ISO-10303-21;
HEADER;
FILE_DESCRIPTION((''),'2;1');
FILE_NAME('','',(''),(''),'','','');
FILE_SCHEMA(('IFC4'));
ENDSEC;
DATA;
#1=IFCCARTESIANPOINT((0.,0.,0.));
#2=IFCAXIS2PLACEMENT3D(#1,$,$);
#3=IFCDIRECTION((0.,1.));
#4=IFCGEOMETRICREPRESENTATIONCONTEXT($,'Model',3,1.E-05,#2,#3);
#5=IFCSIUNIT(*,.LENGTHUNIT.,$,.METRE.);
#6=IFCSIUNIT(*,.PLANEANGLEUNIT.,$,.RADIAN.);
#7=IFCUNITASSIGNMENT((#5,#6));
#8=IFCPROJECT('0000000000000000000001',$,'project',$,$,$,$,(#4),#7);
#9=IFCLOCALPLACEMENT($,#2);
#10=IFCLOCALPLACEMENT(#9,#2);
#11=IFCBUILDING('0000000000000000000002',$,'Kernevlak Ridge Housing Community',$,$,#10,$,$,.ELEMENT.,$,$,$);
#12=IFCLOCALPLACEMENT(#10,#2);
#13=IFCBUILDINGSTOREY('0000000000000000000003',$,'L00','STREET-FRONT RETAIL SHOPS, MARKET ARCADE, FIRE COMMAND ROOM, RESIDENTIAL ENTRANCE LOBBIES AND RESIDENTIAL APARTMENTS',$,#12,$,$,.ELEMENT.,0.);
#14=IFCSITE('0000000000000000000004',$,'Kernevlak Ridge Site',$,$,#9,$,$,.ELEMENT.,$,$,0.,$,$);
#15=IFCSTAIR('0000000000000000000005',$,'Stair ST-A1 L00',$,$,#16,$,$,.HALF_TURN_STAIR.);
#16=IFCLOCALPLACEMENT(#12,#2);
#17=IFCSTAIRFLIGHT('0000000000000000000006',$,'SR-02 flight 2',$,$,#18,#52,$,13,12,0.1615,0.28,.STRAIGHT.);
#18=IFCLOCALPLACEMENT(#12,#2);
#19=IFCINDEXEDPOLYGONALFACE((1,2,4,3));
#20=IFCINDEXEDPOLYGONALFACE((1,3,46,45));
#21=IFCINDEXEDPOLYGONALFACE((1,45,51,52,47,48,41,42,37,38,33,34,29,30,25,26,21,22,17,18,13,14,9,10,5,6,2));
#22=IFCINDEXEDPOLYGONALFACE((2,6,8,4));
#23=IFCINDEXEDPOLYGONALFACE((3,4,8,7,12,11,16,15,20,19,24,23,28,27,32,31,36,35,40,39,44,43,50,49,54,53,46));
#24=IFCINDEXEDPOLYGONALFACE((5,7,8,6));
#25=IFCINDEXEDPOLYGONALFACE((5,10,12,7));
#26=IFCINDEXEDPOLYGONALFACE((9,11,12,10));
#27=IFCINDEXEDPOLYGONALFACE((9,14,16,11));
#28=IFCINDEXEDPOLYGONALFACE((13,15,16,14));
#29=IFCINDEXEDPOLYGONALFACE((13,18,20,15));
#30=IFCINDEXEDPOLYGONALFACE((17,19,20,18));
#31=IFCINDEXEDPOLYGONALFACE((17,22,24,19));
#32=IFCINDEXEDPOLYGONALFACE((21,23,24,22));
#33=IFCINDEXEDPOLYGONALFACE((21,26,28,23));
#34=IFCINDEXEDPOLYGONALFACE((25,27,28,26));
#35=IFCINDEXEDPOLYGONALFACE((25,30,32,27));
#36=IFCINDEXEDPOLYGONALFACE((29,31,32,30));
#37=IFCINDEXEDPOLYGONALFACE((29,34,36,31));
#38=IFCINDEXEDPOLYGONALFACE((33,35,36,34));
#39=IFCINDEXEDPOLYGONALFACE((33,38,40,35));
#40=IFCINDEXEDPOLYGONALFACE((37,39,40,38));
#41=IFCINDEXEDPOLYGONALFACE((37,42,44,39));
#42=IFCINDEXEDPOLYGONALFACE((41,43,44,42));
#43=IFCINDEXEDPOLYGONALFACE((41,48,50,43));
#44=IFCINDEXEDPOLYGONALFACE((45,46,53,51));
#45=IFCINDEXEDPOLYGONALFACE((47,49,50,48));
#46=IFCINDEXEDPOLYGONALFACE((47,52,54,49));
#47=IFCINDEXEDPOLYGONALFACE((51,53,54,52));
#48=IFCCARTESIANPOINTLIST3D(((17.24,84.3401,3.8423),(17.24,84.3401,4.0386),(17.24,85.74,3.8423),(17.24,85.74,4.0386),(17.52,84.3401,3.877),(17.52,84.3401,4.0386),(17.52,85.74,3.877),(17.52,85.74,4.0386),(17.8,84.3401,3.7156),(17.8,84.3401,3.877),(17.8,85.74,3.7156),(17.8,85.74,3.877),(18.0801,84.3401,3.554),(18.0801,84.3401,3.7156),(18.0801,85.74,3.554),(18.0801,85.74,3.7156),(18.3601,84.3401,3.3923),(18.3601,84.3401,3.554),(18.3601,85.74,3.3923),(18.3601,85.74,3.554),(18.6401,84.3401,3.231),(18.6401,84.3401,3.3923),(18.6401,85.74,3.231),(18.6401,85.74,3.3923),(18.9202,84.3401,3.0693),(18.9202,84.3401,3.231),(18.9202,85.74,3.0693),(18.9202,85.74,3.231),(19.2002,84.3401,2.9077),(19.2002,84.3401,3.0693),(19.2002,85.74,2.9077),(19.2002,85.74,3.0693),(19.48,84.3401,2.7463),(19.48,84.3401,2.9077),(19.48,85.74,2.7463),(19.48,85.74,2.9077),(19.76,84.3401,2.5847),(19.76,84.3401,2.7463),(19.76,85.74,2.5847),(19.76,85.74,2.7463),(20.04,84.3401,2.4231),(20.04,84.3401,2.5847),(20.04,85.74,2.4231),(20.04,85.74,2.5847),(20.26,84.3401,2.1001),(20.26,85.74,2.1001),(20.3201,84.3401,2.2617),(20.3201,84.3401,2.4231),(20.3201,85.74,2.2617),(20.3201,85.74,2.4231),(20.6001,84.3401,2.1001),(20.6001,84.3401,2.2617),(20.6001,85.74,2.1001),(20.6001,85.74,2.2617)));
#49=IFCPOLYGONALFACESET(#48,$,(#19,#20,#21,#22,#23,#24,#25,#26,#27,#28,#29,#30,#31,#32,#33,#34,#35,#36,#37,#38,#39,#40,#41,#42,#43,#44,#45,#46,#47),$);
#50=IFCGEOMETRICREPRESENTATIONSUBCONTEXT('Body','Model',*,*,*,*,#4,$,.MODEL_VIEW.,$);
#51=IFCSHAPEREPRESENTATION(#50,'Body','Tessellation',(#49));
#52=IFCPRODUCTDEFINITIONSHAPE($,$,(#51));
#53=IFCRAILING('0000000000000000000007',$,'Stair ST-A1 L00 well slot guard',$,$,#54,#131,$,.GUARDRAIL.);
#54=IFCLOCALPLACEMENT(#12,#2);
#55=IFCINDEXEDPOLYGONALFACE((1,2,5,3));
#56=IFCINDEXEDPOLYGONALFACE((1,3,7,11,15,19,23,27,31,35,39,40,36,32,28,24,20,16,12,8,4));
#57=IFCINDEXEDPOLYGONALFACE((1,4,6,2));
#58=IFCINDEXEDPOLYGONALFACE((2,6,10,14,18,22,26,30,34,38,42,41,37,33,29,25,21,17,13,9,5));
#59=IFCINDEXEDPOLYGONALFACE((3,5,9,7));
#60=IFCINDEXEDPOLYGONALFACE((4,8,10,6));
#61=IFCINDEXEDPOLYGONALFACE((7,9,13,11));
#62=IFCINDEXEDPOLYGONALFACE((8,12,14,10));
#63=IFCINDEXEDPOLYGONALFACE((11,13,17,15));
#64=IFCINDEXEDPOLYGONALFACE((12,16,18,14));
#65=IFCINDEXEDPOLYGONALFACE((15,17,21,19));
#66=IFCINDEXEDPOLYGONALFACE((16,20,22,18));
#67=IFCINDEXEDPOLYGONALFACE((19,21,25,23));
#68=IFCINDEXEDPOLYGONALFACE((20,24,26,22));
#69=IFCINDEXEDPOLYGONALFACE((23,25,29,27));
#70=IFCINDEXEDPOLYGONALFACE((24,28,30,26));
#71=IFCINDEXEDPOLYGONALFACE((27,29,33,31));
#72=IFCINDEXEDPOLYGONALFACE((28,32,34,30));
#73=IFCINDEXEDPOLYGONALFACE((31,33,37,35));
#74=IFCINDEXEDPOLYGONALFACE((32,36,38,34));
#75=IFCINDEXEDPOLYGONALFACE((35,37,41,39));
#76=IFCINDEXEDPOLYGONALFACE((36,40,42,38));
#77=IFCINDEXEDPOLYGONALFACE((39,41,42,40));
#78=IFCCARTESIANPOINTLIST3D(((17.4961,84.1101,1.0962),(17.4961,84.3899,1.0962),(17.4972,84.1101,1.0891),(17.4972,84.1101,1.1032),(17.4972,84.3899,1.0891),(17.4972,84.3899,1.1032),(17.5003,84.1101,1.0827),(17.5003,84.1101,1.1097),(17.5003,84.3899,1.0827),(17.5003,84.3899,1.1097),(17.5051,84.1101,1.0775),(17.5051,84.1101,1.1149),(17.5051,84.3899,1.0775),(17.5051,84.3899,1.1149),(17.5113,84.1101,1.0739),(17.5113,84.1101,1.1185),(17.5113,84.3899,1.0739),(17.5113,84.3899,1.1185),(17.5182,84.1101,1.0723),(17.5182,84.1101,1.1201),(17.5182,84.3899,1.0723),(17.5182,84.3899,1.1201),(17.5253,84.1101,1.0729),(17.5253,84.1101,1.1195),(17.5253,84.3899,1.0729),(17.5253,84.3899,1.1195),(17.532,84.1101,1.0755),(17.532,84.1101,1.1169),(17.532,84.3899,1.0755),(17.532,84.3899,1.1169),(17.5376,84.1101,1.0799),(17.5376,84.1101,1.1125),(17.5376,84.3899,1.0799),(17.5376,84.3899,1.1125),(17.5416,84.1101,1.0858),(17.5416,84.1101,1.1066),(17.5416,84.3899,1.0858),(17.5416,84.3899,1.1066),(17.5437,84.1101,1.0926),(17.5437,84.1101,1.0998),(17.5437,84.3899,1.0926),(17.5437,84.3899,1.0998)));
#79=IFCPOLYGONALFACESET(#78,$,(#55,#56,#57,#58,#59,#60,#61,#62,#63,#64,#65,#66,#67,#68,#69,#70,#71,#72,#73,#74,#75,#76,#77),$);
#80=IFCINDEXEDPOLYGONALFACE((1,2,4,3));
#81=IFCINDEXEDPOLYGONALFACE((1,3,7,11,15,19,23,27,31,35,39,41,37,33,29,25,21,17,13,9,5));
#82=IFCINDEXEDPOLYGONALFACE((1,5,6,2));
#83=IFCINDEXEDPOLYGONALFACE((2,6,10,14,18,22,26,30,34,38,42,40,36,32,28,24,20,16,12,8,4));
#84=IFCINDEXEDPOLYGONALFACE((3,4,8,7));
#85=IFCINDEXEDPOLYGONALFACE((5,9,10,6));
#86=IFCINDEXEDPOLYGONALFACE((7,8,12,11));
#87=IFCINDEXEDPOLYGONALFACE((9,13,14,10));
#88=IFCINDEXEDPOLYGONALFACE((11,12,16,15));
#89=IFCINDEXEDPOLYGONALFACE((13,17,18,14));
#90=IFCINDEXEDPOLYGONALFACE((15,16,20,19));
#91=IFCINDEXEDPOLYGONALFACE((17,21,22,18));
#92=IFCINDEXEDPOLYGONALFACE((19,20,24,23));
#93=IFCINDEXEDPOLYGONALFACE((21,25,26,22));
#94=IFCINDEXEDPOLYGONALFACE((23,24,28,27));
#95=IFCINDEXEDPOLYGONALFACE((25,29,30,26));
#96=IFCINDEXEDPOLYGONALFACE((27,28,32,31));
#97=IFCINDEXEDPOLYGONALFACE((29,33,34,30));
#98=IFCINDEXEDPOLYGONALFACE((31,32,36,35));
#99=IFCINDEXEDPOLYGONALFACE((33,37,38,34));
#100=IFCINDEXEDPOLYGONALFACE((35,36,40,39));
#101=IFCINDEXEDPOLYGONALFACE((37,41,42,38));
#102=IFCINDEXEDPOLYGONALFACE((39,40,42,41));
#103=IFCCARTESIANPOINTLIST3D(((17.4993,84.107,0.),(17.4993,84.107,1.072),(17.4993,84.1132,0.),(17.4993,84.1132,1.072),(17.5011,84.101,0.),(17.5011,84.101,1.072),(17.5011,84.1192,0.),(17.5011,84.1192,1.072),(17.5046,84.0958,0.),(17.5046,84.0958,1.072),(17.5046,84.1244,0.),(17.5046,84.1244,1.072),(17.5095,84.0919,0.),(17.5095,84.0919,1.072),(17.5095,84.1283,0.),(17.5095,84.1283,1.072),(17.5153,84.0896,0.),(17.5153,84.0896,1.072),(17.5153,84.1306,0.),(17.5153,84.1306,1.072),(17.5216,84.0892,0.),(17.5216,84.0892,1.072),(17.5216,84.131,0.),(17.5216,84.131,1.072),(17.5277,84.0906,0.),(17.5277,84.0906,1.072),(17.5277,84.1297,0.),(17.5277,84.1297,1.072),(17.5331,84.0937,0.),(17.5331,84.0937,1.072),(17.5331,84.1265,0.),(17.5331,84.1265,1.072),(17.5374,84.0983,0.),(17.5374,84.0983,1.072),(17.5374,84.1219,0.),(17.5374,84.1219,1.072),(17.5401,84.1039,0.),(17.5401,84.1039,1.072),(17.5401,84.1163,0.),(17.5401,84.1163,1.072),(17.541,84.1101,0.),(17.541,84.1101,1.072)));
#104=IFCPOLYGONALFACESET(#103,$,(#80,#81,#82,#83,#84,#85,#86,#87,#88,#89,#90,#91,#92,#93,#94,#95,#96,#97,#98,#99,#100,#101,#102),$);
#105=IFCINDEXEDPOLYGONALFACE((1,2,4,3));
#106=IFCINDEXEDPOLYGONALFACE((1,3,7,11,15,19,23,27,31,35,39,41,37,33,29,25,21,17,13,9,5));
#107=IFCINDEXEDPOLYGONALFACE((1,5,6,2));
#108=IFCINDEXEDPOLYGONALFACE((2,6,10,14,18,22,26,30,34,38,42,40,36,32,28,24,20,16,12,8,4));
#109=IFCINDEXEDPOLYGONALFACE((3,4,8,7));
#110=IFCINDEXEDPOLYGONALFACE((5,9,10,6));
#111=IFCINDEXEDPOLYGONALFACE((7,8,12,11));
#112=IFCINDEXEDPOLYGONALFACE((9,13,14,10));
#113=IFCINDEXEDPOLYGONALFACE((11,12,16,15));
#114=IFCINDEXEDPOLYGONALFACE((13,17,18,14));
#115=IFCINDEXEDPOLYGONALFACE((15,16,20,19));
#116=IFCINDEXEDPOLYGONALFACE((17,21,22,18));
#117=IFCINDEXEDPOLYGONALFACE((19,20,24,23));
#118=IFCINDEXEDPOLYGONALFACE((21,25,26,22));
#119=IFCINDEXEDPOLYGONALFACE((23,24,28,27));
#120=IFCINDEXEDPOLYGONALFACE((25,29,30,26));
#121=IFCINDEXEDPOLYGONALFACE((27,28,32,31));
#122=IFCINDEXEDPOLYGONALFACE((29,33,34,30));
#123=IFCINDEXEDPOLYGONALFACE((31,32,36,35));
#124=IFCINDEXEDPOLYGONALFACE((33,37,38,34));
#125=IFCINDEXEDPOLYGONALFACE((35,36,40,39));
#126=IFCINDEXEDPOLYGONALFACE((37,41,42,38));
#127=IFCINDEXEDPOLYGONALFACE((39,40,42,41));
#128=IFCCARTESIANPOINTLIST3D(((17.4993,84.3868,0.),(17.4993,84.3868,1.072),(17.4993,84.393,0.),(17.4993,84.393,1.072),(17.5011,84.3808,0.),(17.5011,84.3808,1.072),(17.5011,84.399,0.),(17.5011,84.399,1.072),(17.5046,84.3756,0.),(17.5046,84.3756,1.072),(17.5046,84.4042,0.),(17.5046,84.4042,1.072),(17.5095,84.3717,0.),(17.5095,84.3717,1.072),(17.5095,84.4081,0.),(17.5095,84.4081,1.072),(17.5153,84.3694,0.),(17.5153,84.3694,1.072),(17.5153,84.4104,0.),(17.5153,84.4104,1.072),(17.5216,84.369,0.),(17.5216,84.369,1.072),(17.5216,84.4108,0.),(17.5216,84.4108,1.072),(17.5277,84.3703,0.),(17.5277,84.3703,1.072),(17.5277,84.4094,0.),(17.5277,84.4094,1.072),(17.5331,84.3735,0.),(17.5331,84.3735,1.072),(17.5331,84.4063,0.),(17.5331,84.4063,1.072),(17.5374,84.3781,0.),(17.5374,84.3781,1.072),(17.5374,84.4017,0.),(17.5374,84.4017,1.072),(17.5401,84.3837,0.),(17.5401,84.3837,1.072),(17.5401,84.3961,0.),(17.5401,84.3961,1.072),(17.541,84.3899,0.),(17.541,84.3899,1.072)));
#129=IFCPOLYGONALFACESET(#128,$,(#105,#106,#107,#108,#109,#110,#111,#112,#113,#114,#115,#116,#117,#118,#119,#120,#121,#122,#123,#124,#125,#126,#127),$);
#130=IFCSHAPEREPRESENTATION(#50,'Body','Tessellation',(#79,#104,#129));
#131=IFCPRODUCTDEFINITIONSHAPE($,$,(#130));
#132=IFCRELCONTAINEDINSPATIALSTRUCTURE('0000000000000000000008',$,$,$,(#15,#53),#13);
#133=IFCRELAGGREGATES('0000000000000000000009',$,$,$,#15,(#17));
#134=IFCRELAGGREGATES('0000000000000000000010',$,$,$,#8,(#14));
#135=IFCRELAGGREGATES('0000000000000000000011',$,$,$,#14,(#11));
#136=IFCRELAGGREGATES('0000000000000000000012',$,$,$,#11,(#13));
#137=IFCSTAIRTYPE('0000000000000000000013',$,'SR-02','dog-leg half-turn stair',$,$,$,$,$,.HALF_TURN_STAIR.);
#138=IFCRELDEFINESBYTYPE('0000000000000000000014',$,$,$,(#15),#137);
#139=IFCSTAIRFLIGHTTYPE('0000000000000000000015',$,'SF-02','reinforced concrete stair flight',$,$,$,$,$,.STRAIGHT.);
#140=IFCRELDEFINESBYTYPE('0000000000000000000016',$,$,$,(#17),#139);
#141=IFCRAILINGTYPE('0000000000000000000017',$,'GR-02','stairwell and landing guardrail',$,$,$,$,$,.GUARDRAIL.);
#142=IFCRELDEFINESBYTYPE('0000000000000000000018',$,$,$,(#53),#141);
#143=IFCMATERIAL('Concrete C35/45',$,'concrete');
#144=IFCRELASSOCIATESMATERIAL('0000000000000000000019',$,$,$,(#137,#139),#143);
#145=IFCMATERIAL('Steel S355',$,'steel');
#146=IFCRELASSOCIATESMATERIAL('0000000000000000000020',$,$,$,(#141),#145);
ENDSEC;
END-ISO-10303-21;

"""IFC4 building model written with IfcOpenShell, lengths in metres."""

from ifc_helpers import new_model, si_unit, direction, frame, origin, origin_2d, place, context, subcontext, project, spatial, polyline, circle, outline, extrude, material, type_object, element, aggregate, save


model = new_model("IFC4")

# Units and contexts
model_context = context("Model", 3, precision=1e-05, world=origin(), true_north=direction((0.0, 1.0)))
body_context = subcontext(model_context, "Body", "Model", "MODEL_VIEW")
ifc_project = project(units=[si_unit("LENGTHUNIT", "METRE"), si_unit("PLANEANGLEUNIT", "RADIAN")], contexts=[model_context])

# Site, building, storey
site_placement = place(None, origin())
site = spatial("IfcSite", under=ifc_project, at=site_placement, Name="Kernevlak Ridge Site", CompositionType="ELEMENT", RefElevation=0.0)
building_placement = place(site_placement, origin())
building = spatial("IfcBuilding", under=site, at=building_placement, Name="Kernevlak Ridge Housing Community", CompositionType="ELEMENT")
storey_placement = place(building_placement, origin())
storey = spatial("IfcBuildingStorey", under=building, at=storey_placement, Name="L00", Description="STREET-FRONT RETAIL SHOPS, MARKET ARCADE, FIRE COMMAND ROOM, RESIDENTIAL ENTRANCE LOBBIES AND RESIDENTIAL APARTMENTS", CompositionType="ELEMENT", Elevation=0.0)

# Shared definitions
ifc_material_1 = material(Name="Concrete C35/45", Category="concrete")

# Stair, stair flight
stair_type = type_object("IfcStairType", Name="SR-02", Description="dog-leg half-turn stair", PredefinedType="HALF_TURN_STAIR", material=ifc_material_1)
stair_placement = place(storey_placement, origin())
stair = element("IfcStair", 1, at=stair_placement, inside=storey, type_object=stair_type, Name="Stair ST-A1 L00", PredefinedType="HALF_TURN_STAIR")
stair_flight_type = type_object("IfcStairFlightType", Name="SF-02", Description="reinforced concrete stair flight", PredefinedType="STRAIGHT", material=ifc_material_1)
stair_flight_1_placement = place(storey_placement, frame((20.6001, 85.04, 2.1001), z_axis=(0.0, 0.0, 1.0), x_axis=(-1.0, 0.0, 0.0)))
stair_flight_1 = element("IfcStairFlight", 2, at=stair_flight_1_placement, type_object=stair_flight_type, Name="SR-02 flight 2", NumberOfRisers=13, NumberOfTreads=12, PredefinedType="STRAIGHT", RiserHeight=0.1615, TreadLength=0.28, context=body_context, shape_type="SweptSolid", body=[
    extrude(outline(polyline([(0.0, 0.0), (0.0, 0.1616), (0.28, 0.1616), (0.28, 0.323), (0.5601, 0.323), (0.5601, 0.4846), (0.8401, 0.4846), (0.8401, 0.6462), (1.1201, 0.6462), (1.1201, 0.8076), (1.3999, 0.8076), (1.3999, 0.9692), (1.6799, 0.9692), (1.6799, 1.1309), (1.96, 1.1309), (1.96, 1.2922), (2.24, 1.2922), (2.24, 1.4539), (2.52, 1.4539), (2.52, 1.6155), (2.8, 1.6155), (2.8, 1.7769), (3.0801, 1.7769), (3.0801, 1.9385), (3.3601, 1.9385), (3.3601, 2.1001), (3.3601, 1.7422), (0.3401, 0.0), (0.0, 0.0)])), frame((0.0, 0.7, 0.0), z_axis=(0.0, -1.0, 0.0), x_axis=(1.0, 0.0, 0.0)), (0.0, 0.0, 1.0), 1.3999),
])
aggregate(stair, [stair_flight_1])

# Railing
ifc_material_2 = material(Name="Steel S355", Category="steel")
railing_type_1 = type_object("IfcRailingType", Name="GR-02", Description="stairwell and landing guardrail", PredefinedType="GUARDRAIL", material=ifc_material_2)
railing_1_placement = place(storey_placement, frame((17.52, 84.1101, 0.0)))
element("IfcRailing", 3, at=railing_1_placement, inside=storey, type_object=railing_type_1, Name="Stair ST-A1 L00 well slot guard", PredefinedType="GUARDRAIL", context=body_context, shape_type="SweptSolid", body=[
    extrude(circle(Radius=0.0239, at=origin_2d()), frame((0.0, 0.0, 1.0962), z_axis=(0.0, 1.0, 0.0), x_axis=(-1.0, 0.0, 0.0)), (0.0, 0.0, 1.0), 0.2798),
    extrude(circle(Radius=0.021, at=origin_2d()), origin(), (0.0, 0.0, 1.0), 1.072),
    extrude(circle(Radius=0.021, at=origin_2d()), frame((0.0, 0.2798, 0.0)), (0.0, 0.0, 1.0), 1.072),
])

save(model, "model.ifc")
